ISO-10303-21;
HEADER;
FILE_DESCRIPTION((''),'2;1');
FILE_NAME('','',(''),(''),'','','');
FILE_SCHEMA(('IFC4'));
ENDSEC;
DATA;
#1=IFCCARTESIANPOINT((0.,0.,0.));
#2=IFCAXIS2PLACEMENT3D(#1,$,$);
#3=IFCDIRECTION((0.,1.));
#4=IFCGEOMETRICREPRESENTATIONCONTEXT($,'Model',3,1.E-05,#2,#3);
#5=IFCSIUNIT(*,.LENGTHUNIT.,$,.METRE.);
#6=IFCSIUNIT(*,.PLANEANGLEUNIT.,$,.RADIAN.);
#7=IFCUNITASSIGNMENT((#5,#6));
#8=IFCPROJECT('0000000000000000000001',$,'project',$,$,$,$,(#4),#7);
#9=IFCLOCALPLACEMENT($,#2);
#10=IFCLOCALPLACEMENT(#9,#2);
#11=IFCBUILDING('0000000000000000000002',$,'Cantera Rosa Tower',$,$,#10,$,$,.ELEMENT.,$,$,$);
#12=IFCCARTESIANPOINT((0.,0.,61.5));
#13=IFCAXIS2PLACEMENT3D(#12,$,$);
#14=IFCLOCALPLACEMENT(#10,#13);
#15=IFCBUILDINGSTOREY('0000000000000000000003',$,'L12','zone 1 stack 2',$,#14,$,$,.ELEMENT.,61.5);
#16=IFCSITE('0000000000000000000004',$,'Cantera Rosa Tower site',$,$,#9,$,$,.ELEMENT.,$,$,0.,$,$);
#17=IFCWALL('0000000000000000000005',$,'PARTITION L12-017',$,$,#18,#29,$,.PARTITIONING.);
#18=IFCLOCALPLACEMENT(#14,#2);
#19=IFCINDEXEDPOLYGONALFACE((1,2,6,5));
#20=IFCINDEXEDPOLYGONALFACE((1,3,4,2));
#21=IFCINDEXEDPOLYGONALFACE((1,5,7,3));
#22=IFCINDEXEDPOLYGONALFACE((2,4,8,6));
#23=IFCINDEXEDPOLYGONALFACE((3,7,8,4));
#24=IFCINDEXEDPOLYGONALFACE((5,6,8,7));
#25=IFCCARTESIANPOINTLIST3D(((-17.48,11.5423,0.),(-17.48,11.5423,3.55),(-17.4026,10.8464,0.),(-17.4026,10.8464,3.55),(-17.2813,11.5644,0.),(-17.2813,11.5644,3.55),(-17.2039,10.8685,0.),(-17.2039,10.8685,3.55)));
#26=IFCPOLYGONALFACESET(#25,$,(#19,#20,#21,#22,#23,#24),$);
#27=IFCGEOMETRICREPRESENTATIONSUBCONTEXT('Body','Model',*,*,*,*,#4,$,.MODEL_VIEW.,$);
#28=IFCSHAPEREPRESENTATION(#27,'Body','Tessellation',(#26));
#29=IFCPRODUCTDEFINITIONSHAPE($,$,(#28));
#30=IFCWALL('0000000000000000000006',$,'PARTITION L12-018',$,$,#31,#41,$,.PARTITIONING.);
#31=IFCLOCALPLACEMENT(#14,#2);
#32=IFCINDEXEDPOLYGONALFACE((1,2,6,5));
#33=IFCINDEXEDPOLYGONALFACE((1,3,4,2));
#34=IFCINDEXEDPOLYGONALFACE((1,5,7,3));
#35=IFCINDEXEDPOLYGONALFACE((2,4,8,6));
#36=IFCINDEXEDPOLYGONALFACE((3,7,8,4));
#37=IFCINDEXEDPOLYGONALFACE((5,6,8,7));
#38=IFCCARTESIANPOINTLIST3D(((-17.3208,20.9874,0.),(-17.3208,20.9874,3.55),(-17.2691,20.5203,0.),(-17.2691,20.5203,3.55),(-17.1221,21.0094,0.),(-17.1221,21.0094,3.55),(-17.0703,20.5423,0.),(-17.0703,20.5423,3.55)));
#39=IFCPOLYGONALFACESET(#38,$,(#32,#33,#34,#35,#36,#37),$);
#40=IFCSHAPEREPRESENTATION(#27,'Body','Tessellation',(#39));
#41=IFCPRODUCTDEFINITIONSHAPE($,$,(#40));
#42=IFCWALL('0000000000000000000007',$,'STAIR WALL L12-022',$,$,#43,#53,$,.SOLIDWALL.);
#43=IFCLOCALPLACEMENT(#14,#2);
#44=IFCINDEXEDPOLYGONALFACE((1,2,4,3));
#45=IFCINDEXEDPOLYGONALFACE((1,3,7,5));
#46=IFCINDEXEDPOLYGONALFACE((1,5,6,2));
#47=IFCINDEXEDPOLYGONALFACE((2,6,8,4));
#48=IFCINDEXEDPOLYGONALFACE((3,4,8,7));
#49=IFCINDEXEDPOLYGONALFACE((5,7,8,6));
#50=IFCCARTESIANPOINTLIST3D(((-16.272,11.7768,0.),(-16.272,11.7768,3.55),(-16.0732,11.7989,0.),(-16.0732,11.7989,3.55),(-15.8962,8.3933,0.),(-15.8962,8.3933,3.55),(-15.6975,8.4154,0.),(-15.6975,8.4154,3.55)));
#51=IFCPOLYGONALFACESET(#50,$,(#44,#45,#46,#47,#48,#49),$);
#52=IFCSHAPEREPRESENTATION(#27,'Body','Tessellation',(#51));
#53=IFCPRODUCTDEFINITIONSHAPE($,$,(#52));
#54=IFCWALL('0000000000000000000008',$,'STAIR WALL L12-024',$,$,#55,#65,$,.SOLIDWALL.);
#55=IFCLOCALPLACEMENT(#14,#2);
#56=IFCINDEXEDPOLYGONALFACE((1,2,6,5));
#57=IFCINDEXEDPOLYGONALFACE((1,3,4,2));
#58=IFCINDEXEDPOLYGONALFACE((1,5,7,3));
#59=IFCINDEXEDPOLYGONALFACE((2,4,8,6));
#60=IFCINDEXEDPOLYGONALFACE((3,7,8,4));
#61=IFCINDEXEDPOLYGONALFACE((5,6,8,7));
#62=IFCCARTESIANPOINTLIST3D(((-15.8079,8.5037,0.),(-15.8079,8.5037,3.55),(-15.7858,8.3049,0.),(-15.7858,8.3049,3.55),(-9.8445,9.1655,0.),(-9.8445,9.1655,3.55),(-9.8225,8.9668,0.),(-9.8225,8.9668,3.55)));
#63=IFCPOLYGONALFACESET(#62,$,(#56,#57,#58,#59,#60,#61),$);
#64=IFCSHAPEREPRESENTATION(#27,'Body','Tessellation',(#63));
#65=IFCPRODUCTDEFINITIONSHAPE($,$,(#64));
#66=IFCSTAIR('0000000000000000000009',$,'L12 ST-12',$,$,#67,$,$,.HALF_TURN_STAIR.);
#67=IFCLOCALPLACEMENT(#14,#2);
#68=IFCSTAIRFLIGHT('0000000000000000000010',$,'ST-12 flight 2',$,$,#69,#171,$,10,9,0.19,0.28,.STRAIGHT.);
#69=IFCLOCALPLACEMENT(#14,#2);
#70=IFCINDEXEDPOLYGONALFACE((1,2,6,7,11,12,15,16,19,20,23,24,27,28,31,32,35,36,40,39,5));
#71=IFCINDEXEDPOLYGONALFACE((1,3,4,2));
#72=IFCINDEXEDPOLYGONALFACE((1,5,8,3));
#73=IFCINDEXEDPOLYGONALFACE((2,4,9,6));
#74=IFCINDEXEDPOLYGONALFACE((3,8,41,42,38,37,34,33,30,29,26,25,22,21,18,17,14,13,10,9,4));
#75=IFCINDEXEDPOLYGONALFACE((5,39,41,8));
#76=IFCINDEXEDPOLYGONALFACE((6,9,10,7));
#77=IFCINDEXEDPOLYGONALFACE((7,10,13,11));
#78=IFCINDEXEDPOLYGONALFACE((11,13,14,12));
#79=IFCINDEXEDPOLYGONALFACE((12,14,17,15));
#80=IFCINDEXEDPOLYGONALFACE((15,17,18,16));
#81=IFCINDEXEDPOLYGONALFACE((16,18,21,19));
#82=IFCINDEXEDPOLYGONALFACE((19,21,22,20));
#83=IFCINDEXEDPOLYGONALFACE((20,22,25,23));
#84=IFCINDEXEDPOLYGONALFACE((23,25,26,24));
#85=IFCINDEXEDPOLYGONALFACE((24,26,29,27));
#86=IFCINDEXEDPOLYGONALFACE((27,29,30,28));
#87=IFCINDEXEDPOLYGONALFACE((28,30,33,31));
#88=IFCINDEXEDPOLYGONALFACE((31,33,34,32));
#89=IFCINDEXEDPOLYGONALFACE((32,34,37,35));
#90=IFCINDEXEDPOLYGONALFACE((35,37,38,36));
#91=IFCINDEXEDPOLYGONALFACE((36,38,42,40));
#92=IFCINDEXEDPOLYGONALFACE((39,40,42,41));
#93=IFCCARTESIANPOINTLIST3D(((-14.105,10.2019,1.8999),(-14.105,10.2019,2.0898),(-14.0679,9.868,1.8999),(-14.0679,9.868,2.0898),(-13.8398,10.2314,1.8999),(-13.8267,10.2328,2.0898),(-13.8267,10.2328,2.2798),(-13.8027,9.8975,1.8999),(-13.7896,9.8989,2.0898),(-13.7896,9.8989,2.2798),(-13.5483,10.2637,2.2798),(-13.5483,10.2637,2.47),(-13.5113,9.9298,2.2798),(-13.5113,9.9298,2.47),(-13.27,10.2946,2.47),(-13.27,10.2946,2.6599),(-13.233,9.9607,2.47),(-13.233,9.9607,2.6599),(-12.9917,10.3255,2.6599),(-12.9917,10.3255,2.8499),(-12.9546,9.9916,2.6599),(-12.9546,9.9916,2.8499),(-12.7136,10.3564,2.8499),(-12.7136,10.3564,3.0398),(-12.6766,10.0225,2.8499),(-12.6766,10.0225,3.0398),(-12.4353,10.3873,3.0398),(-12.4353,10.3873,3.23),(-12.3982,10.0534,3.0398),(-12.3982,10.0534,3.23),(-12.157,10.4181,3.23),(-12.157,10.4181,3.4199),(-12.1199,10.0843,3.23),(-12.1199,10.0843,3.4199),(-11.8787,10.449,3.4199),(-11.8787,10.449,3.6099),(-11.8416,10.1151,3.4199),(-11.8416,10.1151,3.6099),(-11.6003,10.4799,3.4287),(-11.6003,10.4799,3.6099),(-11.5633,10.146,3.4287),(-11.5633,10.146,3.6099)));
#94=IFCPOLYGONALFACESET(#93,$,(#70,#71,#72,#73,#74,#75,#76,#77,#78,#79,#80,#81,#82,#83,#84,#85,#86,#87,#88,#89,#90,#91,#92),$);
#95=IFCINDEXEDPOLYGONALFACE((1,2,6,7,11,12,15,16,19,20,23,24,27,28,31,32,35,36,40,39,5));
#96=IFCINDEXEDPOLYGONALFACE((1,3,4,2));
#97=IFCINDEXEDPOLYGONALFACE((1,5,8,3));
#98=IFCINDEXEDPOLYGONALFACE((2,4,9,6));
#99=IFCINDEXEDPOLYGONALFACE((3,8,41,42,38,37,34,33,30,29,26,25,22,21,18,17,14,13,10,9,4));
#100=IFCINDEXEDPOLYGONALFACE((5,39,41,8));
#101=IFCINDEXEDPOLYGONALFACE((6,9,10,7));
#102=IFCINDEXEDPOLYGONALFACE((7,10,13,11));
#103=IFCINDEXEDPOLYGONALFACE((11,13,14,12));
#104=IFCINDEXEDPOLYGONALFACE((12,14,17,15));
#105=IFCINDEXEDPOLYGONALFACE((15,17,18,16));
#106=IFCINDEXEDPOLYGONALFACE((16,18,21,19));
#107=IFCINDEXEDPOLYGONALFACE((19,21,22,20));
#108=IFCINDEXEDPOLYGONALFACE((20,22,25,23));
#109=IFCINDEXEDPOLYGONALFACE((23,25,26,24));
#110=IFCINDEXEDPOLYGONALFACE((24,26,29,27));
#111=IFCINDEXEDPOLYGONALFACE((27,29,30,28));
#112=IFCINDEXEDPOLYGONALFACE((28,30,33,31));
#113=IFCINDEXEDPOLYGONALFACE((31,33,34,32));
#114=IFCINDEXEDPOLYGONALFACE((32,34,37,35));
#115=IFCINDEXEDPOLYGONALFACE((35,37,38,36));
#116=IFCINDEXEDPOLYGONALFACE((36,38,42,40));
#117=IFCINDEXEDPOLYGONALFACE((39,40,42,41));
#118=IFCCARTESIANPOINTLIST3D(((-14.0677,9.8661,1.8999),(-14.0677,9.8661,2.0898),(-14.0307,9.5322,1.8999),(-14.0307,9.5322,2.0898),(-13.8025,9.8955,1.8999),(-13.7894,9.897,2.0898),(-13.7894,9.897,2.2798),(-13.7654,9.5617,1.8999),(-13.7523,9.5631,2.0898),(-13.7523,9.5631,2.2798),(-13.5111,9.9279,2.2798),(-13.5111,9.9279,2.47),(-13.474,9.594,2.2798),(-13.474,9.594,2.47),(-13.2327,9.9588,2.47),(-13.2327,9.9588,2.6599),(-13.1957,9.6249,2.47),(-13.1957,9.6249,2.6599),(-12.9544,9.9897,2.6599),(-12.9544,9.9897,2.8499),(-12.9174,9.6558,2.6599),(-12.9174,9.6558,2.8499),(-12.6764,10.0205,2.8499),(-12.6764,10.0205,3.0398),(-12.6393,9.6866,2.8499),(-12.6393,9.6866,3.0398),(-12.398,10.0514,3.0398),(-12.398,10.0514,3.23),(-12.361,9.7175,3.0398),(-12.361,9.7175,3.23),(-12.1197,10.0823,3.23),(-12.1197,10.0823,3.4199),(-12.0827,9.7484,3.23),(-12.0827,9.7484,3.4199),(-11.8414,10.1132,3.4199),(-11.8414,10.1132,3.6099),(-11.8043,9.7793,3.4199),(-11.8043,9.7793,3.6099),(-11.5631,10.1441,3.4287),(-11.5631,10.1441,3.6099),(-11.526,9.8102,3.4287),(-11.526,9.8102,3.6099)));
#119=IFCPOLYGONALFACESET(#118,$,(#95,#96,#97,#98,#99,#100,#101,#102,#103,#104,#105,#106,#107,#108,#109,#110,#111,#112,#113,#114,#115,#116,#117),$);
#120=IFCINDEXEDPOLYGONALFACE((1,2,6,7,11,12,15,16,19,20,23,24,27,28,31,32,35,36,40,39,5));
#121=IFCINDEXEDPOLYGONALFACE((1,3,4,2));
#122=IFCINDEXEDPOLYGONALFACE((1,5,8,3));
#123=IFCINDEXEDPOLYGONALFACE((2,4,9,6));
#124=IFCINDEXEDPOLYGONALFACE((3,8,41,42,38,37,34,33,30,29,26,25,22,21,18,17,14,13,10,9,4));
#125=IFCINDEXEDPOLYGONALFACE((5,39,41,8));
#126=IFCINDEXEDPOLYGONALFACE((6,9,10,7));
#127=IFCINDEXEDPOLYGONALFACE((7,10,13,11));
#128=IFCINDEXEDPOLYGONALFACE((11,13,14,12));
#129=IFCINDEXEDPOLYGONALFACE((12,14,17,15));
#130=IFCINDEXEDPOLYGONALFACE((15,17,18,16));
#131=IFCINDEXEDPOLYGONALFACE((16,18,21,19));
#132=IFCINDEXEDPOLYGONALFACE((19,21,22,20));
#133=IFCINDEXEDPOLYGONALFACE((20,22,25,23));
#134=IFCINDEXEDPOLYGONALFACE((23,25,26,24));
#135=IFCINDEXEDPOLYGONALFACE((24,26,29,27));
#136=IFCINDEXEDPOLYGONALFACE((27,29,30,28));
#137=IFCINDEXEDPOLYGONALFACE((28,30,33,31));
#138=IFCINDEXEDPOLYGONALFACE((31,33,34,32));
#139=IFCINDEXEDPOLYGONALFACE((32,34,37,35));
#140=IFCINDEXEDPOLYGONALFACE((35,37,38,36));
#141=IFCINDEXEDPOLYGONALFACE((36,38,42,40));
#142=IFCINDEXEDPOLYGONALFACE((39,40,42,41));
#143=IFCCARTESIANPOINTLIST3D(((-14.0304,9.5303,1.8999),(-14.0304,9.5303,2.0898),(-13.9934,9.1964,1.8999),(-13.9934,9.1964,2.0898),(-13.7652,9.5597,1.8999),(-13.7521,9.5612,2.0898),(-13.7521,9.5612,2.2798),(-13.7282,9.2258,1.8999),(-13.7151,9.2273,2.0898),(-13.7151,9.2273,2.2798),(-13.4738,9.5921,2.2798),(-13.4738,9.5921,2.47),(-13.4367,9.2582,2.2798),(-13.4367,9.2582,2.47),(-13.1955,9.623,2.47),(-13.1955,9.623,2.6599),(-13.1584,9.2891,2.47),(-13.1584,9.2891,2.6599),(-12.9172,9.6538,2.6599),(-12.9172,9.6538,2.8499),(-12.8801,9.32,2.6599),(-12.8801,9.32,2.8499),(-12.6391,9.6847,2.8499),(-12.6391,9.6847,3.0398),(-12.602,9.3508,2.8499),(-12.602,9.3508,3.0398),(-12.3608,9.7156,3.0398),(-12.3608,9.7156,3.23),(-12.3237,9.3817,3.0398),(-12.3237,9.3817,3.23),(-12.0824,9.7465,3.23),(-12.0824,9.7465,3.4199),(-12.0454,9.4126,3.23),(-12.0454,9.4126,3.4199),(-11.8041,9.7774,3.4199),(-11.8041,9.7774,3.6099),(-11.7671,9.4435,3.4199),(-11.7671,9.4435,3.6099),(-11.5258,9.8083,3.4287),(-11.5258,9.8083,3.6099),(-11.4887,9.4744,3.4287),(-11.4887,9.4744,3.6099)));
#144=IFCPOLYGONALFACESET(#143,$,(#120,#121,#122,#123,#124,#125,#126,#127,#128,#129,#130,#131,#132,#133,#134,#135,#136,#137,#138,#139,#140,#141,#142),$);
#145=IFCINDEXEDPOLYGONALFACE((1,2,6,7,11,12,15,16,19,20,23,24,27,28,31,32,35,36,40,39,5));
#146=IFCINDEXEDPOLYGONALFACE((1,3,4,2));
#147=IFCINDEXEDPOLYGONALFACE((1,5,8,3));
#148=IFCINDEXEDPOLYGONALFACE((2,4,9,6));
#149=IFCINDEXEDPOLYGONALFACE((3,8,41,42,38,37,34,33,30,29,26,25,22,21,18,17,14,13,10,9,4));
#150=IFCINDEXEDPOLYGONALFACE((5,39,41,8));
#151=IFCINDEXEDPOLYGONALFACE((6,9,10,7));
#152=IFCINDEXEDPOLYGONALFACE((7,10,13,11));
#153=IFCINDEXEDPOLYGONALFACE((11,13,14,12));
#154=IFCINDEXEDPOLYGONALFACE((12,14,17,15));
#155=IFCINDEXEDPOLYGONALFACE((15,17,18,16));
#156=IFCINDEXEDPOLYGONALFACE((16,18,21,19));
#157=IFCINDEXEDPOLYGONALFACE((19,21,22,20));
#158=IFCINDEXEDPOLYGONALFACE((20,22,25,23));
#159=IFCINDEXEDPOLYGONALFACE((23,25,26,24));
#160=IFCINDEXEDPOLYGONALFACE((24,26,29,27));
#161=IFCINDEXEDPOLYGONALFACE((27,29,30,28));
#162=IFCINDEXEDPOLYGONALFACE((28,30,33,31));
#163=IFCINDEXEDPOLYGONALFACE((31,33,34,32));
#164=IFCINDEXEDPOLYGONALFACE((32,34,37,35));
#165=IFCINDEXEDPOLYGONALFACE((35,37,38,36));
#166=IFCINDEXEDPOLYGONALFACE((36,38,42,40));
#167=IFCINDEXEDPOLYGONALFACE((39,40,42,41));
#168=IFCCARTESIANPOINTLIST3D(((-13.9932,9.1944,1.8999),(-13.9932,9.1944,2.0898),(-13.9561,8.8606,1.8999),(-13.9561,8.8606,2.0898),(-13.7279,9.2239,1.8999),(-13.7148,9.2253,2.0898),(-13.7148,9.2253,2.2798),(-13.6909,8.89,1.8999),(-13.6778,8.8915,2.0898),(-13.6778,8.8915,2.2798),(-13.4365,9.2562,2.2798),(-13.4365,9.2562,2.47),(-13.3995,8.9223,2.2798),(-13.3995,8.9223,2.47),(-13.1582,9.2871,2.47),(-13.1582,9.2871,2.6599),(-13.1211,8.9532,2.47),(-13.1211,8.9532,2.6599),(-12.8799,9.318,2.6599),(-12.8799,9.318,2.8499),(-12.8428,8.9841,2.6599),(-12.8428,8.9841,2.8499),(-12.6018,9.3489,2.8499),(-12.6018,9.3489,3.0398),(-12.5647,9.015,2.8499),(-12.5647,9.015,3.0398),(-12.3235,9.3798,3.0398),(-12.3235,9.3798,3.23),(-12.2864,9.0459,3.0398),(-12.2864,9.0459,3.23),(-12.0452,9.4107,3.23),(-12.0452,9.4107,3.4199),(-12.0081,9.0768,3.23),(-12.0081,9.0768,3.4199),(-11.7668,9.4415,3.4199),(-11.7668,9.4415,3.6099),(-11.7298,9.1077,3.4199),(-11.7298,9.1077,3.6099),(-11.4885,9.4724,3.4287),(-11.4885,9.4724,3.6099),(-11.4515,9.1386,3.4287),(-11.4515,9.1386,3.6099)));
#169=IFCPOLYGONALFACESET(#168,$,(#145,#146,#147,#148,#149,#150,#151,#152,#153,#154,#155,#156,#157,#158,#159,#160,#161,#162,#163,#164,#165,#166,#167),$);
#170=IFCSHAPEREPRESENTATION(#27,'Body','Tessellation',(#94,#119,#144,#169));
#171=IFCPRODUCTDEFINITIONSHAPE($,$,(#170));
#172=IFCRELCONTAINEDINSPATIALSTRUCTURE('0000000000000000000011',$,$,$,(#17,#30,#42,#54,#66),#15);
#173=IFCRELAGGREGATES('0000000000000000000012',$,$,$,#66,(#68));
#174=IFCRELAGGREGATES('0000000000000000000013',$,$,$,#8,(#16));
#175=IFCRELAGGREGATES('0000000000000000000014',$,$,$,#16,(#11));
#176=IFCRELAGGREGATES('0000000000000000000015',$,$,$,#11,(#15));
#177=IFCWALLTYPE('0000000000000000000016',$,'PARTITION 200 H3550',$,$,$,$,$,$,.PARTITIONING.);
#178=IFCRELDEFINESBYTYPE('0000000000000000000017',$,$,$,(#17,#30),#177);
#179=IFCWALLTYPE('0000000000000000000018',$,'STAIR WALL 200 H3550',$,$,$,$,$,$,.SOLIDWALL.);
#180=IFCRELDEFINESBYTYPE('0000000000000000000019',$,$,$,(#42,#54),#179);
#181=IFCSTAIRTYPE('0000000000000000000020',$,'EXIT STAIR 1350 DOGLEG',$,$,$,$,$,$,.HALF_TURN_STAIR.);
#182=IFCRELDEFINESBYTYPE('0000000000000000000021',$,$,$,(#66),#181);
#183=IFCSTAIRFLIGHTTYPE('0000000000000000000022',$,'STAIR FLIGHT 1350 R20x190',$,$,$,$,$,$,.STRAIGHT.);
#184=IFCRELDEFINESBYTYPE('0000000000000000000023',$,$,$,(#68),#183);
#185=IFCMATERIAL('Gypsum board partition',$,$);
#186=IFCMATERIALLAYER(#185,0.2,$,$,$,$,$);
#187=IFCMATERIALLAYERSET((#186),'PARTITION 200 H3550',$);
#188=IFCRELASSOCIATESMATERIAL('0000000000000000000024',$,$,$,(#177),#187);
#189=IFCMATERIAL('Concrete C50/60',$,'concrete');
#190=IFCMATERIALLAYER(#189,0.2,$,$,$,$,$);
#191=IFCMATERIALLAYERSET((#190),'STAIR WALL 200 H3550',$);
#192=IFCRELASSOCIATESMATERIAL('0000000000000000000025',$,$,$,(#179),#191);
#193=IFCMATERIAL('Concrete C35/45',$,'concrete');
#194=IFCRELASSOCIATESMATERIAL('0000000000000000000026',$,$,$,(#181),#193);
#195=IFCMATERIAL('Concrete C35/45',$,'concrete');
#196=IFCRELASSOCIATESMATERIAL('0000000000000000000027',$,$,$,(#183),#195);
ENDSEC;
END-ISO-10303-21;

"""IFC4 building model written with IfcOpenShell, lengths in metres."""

from ifc_helpers import new_model, si_unit, direction, frame, frame_2d, origin, place, context, subcontext, project, spatial, polyline, rectangle, outline, extrude, material, layer, layer_set, type_object, element, aggregate, save


model = new_model("IFC4")

# Units and contexts
model_context = context("Model", 3, precision=1e-05, world=origin(), true_north=direction((0.0, 1.0)))
body_context = subcontext(model_context, "Body", "Model", "MODEL_VIEW")
ifc_project = project(units=[si_unit("LENGTHUNIT", "METRE"), si_unit("PLANEANGLEUNIT", "RADIAN")], contexts=[model_context])

# Site, building, storey
site_placement = place(None, origin())
site = spatial("IfcSite", under=ifc_project, at=site_placement, Name="Cantera Rosa Tower site", CompositionType="ELEMENT", RefElevation=0.0)
building_placement = place(site_placement, origin())
building = spatial("IfcBuilding", under=site, at=building_placement, Name="Cantera Rosa Tower", CompositionType="ELEMENT")
storey_placement = place(building_placement, frame((0.0, 0.0, 61.5)))
storey = spatial("IfcBuildingStorey", under=building, at=storey_placement, Name="L12", Description="zone 1 stack 2", CompositionType="ELEMENT", Elevation=61.5)

# Walls
ifc_material_1 = material(Name="Gypsum board partition")
ifc_layer_1 = layer(ifc_material_1, 0.2)
ifc_layer_set_1 = layer_set([ifc_layer_1], Name="PARTITION 200 H3550")
wall_type_1 = type_object("IfcWallType", Name="PARTITION 200 H3550", PredefinedType="PARTITIONING", material=ifc_layer_set_1)
wall_1_placement = place(storey_placement, frame((-17.3032, 10.8574, 0.0), z_axis=(0.0, 0.0, 1.0), x_axis=(-0.110546, 0.993871, 0.0)))
element("IfcWall", 1, at=wall_1_placement, inside=storey, type_object=wall_type_1, Name="PARTITION L12-017", PredefinedType="PARTITIONING", context=body_context, shape_type="SweptSolid", body=[
    extrude(rectangle(XDim=0.7002, YDim=0.2, at=frame_2d((0.3501, 0.0))), origin(), (0.0, 0.0, 1.0), 3.55),
])
wall_2_placement = place(storey_placement, frame((-17.2214, 20.9983, 0.0), z_axis=(0.0, 0.0, 1.0), x_axis=(0.110146, -0.993915, 0.0)))
element("IfcWall", 2, at=wall_2_placement, inside=storey, type_object=wall_type_1, Name="PARTITION L12-018", PredefinedType="PARTITIONING", context=body_context, shape_type="SweptSolid", body=[
    extrude(rectangle(XDim=0.47, YDim=0.2, at=frame_2d((0.2349, 0.0))), origin(), (0.0, 0.0, 1.0), 3.55),
])
ifc_material_2 = material(Name="Concrete C50/60", Category="concrete")
ifc_layer_2 = layer(ifc_material_2, 0.2)
ifc_layer_set_2 = layer_set([ifc_layer_2], Name="STAIR WALL 200 H3550")
wall_type_2 = type_object("IfcWallType", Name="STAIR WALL 200 H3550", PredefinedType="SOLIDWALL", material=ifc_layer_set_2)
wall_3_placement = place(storey_placement, frame((-16.1726, 11.7878, 0.0), z_axis=(0.0, 0.0, 1.0), x_axis=(0.110369, -0.993891, 0.0)))
element("IfcWall", 3, at=wall_3_placement, inside=storey, type_object=wall_type_2, Name="STAIR WALL L12-022", PredefinedType="SOLIDWALL", context=body_context, shape_type="SweptSolid", body=[
    extrude(rectangle(XDim=3.4043, YDim=0.2, at=frame_2d((1.7021, 0.0))), origin(), (0.0, 0.0, 1.0), 3.55),
])
wall_4_placement = place(storey_placement, frame((-15.7969, 8.4043, 0.0), z_axis=(0.0, 0.0, 1.0), x_axis=(0.993897, 0.110311, 0.0)))
element("IfcWall", 4, at=wall_4_placement, inside=storey, type_object=wall_type_2, Name="STAIR WALL L12-024", PredefinedType="SOLIDWALL", context=body_context, shape_type="SweptSolid", body=[
    extrude(rectangle(XDim=6.0, YDim=0.2, at=frame_2d((3.0, 0.0))), origin(), (0.0, 0.0, 1.0), 3.55),
])

# Stair, stair flight
ifc_material_3 = material(Name="Concrete C35/45", Category="concrete")
stair_type = type_object("IfcStairType", Name="EXIT STAIR 1350 DOGLEG", PredefinedType="HALF_TURN_STAIR", material=ifc_material_3)
stair_placement = place(storey_placement, origin())
stair = element("IfcStair", 5, at=stair_placement, inside=storey, type_object=stair_type, Name="L12 ST-12", PredefinedType="HALF_TURN_STAIR")
ifc_material_4 = material(Name="Concrete C35/45", Category="concrete")
stair_flight_type = type_object("IfcStairFlightType", Name="STAIR FLIGHT 1350 R20x190", PredefinedType="STRAIGHT", material=ifc_material_4)
stair_flight_placement = place(storey_placement, frame((-14.0305, 9.531, 1.8999), z_axis=(0.0, 0.0, 1.0), x_axis=(0.993897, 0.110313, 0.0)))
stair_flight = element("IfcStairFlight", 6, at=stair_flight_placement, type_object=stair_flight_type, Name="ST-12 flight 2", NumberOfRisers=10, NumberOfTreads=9, PredefinedType="STRAIGHT", RiserHeight=0.19, TreadLength=0.28, context=body_context, shape_type="SweptSolid", body=[
    extrude(outline(polyline([(0.0, 0.0), (0.0, 0.1899), (0.28, 0.1899), (0.28, 0.3799), (0.5601, 0.3799), (0.5601, 0.5701), (0.8401, 0.5701), (0.8401, 0.76), (1.1201, 0.76), (1.1201, 0.95), (1.3999, 0.95), (1.3999, 1.1399), (1.6799, 1.1399), (1.6799, 1.3301), (1.96, 1.3301), (1.96, 1.52), (2.24, 1.52), (2.24, 1.71), (2.52, 1.71), (2.52, 1.8999), (2.52, 1.5288), (0.2668, 0.0), (0.0, 0.0)])), frame((0.0, 0.675, 0.0), z_axis=(0.0, -1.0, 0.0), x_axis=(1.0, 0.0, 0.0)), (0.0, 0.0, 1.0), 0.3359),
    extrude(outline(polyline([(0.0, 0.0), (0.0, 0.1899), (0.28, 0.1899), (0.28, 0.3799), (0.5601, 0.3799), (0.5601, 0.5701), (0.8401, 0.5701), (0.8401, 0.76), (1.1201, 0.76), (1.1201, 0.95), (1.3999, 0.95), (1.3999, 1.1399), (1.6799, 1.1399), (1.6799, 1.3301), (1.96, 1.3301), (1.96, 1.52), (2.24, 1.52), (2.24, 1.71), (2.52, 1.71), (2.52, 1.8999), (2.52, 1.5288), (0.2668, 0.0), (0.0, 0.0)])), frame((0.0, 0.3372, 0.0), z_axis=(0.0, -1.0, 0.0), x_axis=(1.0, 0.0, 0.0)), (0.0, 0.0, 1.0), 0.3359),
    extrude(outline(polyline([(0.0, 0.0), (0.0, 0.1899), (0.28, 0.1899), (0.28, 0.3799), (0.5601, 0.3799), (0.5601, 0.5701), (0.8401, 0.5701), (0.8401, 0.76), (1.1201, 0.76), (1.1201, 0.95), (1.3999, 0.95), (1.3999, 1.1399), (1.6799, 1.1399), (1.6799, 1.3301), (1.96, 1.3301), (1.96, 1.52), (2.24, 1.52), (2.24, 1.71), (2.52, 1.71), (2.52, 1.8999), (2.52, 1.5288), (0.2668, 0.0), (0.0, 0.0)])), frame((0.0, -0.0007, 0.0), z_axis=(0.0, -1.0, 0.0), x_axis=(1.0, 0.0, 0.0)), (0.0, 0.0, 1.0), 0.3359),
    extrude(outline(polyline([(0.0, 0.0), (0.0, 0.1899), (0.28, 0.1899), (0.28, 0.3799), (0.5601, 0.3799), (0.5601, 0.5701), (0.8401, 0.5701), (0.8401, 0.76), (1.1201, 0.76), (1.1201, 0.95), (1.3999, 0.95), (1.3999, 1.1399), (1.6799, 1.1399), (1.6799, 1.3301), (1.96, 1.3301), (1.96, 1.52), (2.24, 1.52), (2.24, 1.71), (2.52, 1.71), (2.52, 1.8999), (2.52, 1.5288), (0.2668, 0.0), (0.0, 0.0)])), frame((0.0, -0.3386, 0.0), z_axis=(0.0, -1.0, 0.0), x_axis=(1.0, 0.0, 0.0)), (0.0, 0.0, 1.0), 0.3359),
])
aggregate(stair, [stair_flight])

save(model, "model.ifc")
